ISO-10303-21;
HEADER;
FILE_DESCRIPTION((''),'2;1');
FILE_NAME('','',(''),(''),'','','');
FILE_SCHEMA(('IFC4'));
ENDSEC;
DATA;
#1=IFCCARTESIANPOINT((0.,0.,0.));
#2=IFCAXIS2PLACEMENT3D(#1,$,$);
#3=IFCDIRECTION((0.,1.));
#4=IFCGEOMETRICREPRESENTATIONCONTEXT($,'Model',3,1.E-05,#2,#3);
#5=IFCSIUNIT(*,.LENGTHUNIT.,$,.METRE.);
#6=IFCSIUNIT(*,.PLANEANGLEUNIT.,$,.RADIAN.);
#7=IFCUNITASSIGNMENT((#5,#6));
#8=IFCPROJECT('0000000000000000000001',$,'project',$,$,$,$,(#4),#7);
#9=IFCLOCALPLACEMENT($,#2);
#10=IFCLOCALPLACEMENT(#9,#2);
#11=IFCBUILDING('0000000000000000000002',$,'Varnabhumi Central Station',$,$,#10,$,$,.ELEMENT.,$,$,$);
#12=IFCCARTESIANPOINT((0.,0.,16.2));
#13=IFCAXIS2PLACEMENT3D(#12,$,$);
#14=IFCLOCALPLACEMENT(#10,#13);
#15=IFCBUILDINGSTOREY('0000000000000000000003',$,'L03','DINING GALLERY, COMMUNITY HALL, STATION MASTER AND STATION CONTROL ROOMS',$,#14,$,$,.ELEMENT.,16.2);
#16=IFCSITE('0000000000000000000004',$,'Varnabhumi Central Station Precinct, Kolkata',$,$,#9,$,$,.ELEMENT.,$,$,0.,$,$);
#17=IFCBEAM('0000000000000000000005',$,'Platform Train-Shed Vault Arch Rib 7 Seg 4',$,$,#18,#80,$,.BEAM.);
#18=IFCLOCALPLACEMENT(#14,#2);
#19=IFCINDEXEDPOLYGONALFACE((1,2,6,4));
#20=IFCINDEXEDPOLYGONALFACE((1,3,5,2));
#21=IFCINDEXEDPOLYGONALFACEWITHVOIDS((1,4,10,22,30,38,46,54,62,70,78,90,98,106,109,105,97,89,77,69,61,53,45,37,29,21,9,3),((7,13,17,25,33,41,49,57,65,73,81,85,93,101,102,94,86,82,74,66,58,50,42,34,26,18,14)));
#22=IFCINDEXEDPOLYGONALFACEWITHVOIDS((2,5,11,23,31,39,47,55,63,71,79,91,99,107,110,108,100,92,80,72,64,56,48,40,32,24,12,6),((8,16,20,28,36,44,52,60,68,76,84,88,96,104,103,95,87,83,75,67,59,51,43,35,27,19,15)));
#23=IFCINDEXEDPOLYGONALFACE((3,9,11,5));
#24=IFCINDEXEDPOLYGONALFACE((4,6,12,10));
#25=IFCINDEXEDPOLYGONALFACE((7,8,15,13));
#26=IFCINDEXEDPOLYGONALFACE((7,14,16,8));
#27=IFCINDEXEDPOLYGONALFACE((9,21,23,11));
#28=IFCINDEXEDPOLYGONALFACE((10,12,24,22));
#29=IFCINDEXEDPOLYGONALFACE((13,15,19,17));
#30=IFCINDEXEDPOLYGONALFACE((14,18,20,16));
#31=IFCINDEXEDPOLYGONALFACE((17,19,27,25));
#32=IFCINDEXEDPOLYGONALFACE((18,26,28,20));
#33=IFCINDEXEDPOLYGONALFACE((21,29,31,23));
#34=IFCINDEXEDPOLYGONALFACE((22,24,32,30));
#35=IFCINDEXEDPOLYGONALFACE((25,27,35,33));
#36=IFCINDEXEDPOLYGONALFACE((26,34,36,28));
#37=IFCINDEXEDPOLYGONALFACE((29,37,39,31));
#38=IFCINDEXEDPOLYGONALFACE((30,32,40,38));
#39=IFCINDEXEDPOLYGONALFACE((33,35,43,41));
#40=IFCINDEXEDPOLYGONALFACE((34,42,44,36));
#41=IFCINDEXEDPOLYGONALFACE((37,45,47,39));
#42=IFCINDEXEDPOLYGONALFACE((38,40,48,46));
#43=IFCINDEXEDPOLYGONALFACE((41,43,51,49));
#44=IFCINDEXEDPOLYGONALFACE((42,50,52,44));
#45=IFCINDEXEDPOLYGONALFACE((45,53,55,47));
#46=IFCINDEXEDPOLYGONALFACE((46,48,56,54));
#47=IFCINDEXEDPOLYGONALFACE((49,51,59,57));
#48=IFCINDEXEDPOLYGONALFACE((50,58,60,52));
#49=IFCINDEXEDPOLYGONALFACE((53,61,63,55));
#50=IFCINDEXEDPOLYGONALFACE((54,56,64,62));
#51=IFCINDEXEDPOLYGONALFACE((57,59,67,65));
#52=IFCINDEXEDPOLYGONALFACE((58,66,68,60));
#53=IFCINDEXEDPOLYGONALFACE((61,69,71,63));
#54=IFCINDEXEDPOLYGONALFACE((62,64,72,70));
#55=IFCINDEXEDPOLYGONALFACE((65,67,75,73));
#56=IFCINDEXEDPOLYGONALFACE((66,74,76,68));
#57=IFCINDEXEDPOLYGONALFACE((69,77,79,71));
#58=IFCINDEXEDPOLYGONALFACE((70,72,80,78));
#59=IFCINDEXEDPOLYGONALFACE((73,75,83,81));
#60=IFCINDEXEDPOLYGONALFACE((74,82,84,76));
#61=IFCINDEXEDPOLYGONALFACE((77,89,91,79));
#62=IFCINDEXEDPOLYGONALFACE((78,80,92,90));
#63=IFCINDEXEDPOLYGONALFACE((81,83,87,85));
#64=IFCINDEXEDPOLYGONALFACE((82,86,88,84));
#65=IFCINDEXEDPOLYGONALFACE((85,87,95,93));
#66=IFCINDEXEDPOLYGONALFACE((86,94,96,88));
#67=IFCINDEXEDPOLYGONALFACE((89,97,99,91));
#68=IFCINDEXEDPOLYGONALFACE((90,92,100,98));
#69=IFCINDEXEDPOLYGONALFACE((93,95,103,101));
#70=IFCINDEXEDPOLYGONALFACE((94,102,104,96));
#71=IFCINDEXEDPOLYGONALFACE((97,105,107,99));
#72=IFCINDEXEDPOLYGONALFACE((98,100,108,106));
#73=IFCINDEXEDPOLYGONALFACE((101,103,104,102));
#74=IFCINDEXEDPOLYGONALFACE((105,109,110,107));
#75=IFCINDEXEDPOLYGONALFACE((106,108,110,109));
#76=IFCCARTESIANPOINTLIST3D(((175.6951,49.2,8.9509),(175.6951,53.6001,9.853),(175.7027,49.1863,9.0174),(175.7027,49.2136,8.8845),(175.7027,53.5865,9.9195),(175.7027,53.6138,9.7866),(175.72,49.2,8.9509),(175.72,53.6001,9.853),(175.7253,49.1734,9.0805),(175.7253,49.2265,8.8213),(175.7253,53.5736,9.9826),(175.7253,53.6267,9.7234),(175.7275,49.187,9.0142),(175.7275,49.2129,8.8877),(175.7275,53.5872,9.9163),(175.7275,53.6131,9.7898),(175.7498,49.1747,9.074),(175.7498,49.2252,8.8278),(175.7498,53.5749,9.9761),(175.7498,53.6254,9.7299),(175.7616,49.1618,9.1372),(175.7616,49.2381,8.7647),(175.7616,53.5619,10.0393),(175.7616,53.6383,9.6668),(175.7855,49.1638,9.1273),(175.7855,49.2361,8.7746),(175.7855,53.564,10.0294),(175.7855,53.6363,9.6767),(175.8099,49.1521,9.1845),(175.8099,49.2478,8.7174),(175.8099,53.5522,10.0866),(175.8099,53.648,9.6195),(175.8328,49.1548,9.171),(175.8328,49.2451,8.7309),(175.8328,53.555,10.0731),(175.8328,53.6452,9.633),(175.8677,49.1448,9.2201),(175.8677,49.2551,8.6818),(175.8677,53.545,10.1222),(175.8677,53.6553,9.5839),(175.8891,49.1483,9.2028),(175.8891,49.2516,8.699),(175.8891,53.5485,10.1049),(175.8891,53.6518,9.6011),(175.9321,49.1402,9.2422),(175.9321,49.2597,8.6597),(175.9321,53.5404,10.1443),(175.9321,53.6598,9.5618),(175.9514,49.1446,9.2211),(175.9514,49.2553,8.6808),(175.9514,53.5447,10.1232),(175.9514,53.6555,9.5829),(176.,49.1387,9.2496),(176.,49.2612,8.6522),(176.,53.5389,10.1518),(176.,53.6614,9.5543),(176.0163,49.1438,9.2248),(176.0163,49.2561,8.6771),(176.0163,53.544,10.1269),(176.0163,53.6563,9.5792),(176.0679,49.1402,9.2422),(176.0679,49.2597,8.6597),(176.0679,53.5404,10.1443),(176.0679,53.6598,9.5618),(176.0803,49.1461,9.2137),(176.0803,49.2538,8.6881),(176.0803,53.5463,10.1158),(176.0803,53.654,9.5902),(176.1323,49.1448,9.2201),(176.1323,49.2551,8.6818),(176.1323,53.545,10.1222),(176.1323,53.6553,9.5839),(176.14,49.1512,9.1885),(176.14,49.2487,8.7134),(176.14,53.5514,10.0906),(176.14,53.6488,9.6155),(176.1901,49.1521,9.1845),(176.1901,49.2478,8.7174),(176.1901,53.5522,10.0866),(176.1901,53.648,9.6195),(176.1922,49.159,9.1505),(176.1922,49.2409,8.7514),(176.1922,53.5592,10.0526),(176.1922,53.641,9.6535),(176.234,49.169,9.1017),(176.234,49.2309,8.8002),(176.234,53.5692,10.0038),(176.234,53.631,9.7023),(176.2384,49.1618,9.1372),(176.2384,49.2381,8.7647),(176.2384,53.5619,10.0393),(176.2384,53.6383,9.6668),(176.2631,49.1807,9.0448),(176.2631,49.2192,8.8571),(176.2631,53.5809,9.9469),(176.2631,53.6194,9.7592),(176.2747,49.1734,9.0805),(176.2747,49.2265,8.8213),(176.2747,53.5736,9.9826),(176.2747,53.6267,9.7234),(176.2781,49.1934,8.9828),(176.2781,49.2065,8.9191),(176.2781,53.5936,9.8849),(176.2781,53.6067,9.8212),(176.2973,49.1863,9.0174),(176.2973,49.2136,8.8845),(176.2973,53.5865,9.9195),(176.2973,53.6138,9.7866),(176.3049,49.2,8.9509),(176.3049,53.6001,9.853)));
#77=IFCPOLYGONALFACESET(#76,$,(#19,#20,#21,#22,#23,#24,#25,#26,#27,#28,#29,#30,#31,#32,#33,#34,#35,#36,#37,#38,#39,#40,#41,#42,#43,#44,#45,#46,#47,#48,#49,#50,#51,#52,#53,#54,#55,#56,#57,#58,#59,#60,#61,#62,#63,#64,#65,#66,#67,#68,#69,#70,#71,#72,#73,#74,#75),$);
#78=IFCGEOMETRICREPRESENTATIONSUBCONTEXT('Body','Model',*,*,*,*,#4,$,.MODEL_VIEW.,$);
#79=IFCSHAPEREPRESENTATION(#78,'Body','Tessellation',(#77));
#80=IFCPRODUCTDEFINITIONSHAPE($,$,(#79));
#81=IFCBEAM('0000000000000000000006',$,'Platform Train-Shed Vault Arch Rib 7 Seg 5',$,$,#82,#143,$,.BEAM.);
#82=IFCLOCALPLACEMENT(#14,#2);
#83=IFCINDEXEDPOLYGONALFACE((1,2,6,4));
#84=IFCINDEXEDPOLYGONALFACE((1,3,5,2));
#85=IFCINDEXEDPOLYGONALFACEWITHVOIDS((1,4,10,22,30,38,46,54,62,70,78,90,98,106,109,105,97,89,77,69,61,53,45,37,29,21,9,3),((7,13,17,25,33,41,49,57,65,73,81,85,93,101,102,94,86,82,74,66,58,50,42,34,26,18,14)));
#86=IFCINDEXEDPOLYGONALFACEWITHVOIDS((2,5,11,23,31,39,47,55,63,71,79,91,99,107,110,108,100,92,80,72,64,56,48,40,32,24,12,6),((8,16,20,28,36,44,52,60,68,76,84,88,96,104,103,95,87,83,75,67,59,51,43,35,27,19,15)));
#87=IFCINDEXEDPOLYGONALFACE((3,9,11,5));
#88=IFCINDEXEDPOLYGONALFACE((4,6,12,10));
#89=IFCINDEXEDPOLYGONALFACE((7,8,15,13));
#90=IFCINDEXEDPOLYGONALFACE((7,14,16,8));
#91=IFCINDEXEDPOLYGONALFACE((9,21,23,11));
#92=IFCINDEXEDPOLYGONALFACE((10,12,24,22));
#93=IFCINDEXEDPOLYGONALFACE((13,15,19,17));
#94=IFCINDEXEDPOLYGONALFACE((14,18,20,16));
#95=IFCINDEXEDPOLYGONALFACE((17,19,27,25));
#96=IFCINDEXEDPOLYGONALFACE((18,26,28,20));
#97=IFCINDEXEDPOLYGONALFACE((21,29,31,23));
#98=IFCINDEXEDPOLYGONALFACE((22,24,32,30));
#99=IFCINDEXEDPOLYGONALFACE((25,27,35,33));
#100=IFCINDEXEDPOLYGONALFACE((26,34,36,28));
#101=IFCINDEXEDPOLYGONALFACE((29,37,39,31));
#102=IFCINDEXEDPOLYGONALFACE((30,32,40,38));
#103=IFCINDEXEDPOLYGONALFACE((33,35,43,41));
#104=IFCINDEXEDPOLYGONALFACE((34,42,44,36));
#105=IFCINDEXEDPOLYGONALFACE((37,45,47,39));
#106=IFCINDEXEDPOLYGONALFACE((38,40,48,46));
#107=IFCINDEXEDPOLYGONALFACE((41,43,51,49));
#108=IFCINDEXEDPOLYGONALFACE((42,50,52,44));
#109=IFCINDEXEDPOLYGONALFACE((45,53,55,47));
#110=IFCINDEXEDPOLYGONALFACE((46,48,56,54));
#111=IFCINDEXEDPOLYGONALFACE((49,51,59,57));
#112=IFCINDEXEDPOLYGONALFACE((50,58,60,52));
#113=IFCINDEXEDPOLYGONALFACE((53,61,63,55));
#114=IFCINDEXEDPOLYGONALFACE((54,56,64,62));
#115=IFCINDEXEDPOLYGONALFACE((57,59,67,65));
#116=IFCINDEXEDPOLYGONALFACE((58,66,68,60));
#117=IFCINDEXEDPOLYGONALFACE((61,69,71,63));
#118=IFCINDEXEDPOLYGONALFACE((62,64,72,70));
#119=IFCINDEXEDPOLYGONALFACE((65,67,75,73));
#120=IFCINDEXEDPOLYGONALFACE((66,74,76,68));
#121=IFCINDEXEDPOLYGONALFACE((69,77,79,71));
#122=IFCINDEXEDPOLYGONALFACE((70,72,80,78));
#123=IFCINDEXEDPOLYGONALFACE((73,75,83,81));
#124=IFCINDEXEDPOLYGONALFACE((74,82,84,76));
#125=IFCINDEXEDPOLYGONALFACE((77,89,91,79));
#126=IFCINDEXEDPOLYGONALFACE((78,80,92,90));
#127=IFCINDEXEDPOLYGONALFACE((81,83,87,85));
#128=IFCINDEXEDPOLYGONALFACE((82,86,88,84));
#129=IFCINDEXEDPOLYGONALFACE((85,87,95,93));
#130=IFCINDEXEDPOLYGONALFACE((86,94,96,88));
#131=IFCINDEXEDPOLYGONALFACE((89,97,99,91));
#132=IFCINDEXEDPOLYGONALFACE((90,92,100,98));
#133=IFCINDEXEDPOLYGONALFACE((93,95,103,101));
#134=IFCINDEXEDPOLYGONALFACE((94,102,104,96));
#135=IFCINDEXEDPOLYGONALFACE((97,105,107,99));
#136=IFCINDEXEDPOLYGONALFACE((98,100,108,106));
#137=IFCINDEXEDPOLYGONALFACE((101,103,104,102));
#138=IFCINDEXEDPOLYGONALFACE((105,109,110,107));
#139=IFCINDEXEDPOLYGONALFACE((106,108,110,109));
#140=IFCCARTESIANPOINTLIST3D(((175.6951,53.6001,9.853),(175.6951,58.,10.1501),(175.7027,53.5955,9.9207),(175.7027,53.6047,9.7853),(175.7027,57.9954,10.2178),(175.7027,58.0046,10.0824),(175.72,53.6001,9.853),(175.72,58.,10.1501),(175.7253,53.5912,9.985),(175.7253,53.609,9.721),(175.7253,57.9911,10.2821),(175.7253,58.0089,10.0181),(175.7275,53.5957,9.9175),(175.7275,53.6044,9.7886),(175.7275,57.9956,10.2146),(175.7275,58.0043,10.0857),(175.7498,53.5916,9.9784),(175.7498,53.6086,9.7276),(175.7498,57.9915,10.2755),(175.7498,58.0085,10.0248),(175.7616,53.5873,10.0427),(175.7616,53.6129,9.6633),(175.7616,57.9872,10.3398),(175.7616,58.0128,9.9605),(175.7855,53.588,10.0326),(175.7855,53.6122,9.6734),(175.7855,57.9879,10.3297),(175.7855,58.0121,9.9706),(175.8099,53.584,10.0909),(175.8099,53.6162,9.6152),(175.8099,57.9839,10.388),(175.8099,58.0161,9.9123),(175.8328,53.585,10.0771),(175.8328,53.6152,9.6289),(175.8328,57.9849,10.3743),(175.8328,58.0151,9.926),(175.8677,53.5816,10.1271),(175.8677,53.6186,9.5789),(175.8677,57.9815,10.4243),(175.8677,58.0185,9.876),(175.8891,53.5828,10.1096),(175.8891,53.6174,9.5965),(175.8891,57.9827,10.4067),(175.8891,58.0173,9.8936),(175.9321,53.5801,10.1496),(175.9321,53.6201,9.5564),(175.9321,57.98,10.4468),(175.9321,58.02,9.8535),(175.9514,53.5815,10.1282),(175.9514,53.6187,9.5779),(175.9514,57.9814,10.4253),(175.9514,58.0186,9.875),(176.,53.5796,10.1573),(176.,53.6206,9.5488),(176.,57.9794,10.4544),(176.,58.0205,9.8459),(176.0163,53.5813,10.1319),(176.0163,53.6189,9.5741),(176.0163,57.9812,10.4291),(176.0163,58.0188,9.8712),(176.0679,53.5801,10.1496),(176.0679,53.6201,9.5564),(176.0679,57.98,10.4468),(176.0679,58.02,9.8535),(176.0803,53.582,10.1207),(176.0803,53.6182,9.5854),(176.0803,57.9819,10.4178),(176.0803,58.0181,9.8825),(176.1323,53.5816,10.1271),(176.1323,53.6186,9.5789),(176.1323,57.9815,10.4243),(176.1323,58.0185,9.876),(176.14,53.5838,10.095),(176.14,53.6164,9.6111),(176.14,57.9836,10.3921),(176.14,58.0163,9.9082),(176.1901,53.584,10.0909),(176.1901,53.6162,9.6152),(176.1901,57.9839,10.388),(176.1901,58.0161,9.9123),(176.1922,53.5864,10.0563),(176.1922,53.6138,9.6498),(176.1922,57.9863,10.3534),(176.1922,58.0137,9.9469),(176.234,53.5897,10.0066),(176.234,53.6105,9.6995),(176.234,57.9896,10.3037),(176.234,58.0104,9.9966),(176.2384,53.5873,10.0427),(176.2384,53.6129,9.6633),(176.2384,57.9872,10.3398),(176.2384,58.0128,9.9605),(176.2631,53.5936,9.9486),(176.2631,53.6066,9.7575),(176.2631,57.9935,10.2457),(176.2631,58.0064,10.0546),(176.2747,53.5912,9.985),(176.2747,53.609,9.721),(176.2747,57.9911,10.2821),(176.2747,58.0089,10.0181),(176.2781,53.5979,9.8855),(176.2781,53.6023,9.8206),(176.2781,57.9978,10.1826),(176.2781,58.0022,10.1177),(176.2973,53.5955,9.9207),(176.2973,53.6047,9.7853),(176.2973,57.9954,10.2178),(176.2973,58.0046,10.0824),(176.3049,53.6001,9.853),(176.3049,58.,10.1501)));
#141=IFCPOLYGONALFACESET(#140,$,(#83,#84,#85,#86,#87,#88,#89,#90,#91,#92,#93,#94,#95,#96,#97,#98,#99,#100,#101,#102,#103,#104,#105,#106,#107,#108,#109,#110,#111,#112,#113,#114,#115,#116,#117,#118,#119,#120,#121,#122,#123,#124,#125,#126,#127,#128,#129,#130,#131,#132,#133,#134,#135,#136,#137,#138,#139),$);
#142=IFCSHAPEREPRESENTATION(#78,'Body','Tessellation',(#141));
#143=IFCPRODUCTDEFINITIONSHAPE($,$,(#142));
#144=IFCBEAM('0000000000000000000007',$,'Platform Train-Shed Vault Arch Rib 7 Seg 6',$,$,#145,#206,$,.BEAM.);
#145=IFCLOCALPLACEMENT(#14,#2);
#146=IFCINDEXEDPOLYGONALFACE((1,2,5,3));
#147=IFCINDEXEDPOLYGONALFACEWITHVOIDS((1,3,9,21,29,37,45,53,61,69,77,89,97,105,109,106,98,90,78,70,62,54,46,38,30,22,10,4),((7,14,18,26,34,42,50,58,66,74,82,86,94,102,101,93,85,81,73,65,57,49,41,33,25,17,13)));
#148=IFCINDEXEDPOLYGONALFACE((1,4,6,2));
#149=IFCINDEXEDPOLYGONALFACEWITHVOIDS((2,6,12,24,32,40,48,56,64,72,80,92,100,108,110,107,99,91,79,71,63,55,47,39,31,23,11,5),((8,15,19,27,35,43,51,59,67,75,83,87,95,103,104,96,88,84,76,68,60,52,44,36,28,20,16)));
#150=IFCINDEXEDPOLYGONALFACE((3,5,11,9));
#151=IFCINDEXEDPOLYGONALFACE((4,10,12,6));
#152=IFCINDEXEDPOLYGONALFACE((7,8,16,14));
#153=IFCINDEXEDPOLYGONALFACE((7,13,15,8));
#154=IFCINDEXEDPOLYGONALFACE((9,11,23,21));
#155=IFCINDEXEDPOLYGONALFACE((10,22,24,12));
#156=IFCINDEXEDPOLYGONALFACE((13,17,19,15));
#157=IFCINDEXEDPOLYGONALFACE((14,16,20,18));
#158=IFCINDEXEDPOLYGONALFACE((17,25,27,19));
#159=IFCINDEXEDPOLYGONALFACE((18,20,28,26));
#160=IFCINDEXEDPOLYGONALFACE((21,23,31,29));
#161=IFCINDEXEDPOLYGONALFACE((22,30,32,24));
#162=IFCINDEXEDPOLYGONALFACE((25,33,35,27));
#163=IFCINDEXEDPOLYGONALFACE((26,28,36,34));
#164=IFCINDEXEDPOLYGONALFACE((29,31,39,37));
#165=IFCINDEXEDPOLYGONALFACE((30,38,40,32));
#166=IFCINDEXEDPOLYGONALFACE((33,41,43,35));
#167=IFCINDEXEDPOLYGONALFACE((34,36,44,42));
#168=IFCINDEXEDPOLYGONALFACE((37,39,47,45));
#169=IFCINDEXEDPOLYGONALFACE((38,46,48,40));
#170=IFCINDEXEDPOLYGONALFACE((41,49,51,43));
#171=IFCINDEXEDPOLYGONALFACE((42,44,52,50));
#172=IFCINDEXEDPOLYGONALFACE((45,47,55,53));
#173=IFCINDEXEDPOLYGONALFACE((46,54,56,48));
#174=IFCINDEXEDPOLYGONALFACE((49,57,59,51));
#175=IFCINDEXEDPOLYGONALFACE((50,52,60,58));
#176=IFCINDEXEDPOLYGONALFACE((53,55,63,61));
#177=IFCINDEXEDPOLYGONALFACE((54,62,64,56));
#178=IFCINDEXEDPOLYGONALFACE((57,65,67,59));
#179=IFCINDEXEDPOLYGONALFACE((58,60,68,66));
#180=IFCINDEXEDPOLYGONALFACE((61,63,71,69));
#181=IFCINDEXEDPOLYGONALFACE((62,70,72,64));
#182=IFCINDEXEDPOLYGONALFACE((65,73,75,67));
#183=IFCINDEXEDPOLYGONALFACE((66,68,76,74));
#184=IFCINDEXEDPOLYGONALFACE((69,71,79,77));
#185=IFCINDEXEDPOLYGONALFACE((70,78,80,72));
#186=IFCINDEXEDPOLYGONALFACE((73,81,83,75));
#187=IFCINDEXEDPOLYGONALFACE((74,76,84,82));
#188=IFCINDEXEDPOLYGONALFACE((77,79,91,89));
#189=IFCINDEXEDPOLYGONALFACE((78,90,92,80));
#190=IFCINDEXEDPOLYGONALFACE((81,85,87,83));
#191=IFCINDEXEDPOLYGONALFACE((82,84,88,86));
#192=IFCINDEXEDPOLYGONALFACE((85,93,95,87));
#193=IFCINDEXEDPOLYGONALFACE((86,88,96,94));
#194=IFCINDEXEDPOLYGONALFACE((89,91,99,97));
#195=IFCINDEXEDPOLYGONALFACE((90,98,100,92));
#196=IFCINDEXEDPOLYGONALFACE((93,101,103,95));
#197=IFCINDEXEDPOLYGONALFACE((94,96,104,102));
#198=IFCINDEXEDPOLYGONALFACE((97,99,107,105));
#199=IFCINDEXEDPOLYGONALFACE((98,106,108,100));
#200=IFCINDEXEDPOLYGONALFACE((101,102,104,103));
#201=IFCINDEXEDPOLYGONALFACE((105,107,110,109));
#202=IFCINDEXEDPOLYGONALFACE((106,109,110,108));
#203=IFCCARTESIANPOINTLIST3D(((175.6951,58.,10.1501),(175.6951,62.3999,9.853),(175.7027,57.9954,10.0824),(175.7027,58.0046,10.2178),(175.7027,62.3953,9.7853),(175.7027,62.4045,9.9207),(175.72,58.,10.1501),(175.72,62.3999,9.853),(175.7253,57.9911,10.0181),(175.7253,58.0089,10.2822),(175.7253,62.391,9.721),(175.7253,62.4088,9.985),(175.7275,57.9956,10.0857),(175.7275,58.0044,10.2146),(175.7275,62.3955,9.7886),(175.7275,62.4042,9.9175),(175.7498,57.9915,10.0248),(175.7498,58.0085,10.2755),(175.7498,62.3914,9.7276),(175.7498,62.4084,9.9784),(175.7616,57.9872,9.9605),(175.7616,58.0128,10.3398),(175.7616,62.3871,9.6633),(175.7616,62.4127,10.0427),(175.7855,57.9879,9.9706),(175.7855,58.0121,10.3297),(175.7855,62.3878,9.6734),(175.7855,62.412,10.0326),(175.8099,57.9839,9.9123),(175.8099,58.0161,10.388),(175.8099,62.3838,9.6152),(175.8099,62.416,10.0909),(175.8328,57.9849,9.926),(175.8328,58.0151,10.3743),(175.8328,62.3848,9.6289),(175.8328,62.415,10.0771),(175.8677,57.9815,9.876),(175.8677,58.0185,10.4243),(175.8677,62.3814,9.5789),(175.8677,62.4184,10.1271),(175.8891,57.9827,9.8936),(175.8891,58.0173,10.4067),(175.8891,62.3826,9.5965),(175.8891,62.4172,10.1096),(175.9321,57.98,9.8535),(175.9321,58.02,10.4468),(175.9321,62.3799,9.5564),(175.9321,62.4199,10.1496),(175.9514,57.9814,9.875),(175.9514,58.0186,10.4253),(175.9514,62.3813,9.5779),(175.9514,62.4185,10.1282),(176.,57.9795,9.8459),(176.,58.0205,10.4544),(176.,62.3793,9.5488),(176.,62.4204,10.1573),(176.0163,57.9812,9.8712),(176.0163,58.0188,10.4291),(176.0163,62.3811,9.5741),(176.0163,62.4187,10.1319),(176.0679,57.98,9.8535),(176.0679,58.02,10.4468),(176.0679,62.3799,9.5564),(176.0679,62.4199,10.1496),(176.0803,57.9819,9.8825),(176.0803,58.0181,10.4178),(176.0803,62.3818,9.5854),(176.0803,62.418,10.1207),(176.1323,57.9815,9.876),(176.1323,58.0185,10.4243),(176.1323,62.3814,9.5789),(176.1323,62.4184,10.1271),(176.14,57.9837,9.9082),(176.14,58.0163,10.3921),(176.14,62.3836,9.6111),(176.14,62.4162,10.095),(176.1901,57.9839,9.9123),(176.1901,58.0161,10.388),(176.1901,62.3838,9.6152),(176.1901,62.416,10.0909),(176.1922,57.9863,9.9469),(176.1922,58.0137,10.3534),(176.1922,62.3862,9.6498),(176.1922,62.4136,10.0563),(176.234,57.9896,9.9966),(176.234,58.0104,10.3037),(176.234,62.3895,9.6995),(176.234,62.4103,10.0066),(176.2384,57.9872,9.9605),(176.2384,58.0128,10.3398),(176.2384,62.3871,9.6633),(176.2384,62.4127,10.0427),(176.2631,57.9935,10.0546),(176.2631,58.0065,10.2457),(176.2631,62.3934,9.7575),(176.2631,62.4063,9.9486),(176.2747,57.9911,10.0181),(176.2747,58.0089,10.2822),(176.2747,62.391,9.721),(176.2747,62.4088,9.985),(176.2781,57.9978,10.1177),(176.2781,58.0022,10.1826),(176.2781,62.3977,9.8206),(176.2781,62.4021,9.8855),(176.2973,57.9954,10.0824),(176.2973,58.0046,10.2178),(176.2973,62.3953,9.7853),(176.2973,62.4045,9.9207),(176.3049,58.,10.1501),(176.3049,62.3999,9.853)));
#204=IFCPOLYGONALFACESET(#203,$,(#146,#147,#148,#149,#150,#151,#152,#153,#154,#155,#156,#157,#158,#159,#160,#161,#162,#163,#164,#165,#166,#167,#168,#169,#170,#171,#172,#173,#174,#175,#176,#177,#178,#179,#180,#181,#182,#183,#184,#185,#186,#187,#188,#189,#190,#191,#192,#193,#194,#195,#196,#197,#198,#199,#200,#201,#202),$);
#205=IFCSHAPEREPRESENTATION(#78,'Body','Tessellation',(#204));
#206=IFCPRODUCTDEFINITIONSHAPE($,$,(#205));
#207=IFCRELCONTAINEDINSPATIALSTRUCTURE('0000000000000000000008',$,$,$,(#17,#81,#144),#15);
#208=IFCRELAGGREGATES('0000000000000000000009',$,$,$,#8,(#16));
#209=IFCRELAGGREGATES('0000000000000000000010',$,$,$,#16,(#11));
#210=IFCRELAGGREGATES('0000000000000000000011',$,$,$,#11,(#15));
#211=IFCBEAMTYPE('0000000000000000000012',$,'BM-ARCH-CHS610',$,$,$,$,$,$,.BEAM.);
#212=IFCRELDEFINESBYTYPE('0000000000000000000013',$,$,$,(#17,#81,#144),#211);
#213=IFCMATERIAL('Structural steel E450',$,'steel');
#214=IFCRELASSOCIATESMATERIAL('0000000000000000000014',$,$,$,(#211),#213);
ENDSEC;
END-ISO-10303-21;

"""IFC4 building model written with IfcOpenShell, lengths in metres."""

from ifc_helpers import new_model, si_unit, direction, frame, origin, origin_2d, place, context, subcontext, project, spatial, hollow_circle, extrude, material, material_profile, profile_set, type_object, element, save


model = new_model("IFC4")

# Units and contexts
model_context = context("Model", 3, precision=1e-05, world=origin(), true_north=direction((0.0, 1.0)))
body_context = subcontext(model_context, "Body", "Model", "MODEL_VIEW")
ifc_project = project(units=[si_unit("LENGTHUNIT", "METRE"), si_unit("PLANEANGLEUNIT", "RADIAN")], contexts=[model_context])

# Site, building, storey
site_placement = place(None, origin())
site = spatial("IfcSite", under=ifc_project, at=site_placement, Name="Varnabhumi Central Station Precinct, Kolkata", CompositionType="ELEMENT", RefElevation=0.0)
building_placement = place(site_placement, origin())
building = spatial("IfcBuilding", under=site, at=building_placement, Name="Varnabhumi Central Station", CompositionType="ELEMENT")
storey_placement = place(building_placement, frame((0.0, 0.0, 16.2)))
storey = spatial("IfcBuildingStorey", under=building, at=storey_placement, Name="L03", Description="DINING GALLERY, COMMUNITY HALL, STATION MASTER AND STATION CONTROL ROOMS", CompositionType="ELEMENT", Elevation=16.2)

# Beams
ifc_material_1 = material(Name="Structural steel E450", Category="steel")
ifc_material_profile_1 = material_profile(ifc_material_1, hollow_circle(Radius=0.3049, WallThickness=0.0249, at=origin_2d()), Name="Structural steel E450", Category="steel")
ifc_profile_set_1 = profile_set([ifc_material_profile_1], Name="Structural steel E450")
beam_type_1 = type_object("IfcBeamType", Name="BM-ARCH-CHS610", PredefinedType="BEAM", material=ifc_profile_set_1)
beam_1_placement = place(storey_placement, frame((176.0, 49.2, 8.9509), z_axis=(0.0, 0.979624, 0.200838), x_axis=(-1.0, 0.0, 0.0)))
element("IfcBeam", 1, at=beam_1_placement, inside=storey, type_object=beam_type_1, Name="Platform Train-Shed Vault Arch Rib 7 Seg 4", PredefinedType="BEAM", context=body_context, shape_type="SweptSolid", body=[
    extrude(hollow_circle(Radius=0.3049, WallThickness=0.0249, at=origin_2d()), origin(), (0.0, 0.0, 1.0), 4.4917),
])
for number, where, z_axis, x_axis, name in (
    (2, (176.0, 53.6001, 9.853), (0.0, 0.997728, 0.067375), (-1.0, 0.0, 0.0), "Platform Train-Shed Vault Arch Rib 7 Seg 5"),
    (3, (176.0, 58.0, 10.1501), (0.0, 0.997728, -0.067375), (-1.0, 0.0, 0.0), "Platform Train-Shed Vault Arch Rib 7 Seg 6"),
):
    element("IfcBeam", number, at=place(storey_placement, frame(where, z_axis=z_axis, x_axis=x_axis)), inside=storey, type_object=beam_type_1, Name=name, PredefinedType="BEAM", context=body_context, shape_type="SweptSolid", body=[
        extrude(hollow_circle(Radius=0.3049, WallThickness=0.0249, at=origin_2d()), origin(), (0.0, 0.0, 1.0), 4.4099),
    ])

save(model, "model.ifc")
